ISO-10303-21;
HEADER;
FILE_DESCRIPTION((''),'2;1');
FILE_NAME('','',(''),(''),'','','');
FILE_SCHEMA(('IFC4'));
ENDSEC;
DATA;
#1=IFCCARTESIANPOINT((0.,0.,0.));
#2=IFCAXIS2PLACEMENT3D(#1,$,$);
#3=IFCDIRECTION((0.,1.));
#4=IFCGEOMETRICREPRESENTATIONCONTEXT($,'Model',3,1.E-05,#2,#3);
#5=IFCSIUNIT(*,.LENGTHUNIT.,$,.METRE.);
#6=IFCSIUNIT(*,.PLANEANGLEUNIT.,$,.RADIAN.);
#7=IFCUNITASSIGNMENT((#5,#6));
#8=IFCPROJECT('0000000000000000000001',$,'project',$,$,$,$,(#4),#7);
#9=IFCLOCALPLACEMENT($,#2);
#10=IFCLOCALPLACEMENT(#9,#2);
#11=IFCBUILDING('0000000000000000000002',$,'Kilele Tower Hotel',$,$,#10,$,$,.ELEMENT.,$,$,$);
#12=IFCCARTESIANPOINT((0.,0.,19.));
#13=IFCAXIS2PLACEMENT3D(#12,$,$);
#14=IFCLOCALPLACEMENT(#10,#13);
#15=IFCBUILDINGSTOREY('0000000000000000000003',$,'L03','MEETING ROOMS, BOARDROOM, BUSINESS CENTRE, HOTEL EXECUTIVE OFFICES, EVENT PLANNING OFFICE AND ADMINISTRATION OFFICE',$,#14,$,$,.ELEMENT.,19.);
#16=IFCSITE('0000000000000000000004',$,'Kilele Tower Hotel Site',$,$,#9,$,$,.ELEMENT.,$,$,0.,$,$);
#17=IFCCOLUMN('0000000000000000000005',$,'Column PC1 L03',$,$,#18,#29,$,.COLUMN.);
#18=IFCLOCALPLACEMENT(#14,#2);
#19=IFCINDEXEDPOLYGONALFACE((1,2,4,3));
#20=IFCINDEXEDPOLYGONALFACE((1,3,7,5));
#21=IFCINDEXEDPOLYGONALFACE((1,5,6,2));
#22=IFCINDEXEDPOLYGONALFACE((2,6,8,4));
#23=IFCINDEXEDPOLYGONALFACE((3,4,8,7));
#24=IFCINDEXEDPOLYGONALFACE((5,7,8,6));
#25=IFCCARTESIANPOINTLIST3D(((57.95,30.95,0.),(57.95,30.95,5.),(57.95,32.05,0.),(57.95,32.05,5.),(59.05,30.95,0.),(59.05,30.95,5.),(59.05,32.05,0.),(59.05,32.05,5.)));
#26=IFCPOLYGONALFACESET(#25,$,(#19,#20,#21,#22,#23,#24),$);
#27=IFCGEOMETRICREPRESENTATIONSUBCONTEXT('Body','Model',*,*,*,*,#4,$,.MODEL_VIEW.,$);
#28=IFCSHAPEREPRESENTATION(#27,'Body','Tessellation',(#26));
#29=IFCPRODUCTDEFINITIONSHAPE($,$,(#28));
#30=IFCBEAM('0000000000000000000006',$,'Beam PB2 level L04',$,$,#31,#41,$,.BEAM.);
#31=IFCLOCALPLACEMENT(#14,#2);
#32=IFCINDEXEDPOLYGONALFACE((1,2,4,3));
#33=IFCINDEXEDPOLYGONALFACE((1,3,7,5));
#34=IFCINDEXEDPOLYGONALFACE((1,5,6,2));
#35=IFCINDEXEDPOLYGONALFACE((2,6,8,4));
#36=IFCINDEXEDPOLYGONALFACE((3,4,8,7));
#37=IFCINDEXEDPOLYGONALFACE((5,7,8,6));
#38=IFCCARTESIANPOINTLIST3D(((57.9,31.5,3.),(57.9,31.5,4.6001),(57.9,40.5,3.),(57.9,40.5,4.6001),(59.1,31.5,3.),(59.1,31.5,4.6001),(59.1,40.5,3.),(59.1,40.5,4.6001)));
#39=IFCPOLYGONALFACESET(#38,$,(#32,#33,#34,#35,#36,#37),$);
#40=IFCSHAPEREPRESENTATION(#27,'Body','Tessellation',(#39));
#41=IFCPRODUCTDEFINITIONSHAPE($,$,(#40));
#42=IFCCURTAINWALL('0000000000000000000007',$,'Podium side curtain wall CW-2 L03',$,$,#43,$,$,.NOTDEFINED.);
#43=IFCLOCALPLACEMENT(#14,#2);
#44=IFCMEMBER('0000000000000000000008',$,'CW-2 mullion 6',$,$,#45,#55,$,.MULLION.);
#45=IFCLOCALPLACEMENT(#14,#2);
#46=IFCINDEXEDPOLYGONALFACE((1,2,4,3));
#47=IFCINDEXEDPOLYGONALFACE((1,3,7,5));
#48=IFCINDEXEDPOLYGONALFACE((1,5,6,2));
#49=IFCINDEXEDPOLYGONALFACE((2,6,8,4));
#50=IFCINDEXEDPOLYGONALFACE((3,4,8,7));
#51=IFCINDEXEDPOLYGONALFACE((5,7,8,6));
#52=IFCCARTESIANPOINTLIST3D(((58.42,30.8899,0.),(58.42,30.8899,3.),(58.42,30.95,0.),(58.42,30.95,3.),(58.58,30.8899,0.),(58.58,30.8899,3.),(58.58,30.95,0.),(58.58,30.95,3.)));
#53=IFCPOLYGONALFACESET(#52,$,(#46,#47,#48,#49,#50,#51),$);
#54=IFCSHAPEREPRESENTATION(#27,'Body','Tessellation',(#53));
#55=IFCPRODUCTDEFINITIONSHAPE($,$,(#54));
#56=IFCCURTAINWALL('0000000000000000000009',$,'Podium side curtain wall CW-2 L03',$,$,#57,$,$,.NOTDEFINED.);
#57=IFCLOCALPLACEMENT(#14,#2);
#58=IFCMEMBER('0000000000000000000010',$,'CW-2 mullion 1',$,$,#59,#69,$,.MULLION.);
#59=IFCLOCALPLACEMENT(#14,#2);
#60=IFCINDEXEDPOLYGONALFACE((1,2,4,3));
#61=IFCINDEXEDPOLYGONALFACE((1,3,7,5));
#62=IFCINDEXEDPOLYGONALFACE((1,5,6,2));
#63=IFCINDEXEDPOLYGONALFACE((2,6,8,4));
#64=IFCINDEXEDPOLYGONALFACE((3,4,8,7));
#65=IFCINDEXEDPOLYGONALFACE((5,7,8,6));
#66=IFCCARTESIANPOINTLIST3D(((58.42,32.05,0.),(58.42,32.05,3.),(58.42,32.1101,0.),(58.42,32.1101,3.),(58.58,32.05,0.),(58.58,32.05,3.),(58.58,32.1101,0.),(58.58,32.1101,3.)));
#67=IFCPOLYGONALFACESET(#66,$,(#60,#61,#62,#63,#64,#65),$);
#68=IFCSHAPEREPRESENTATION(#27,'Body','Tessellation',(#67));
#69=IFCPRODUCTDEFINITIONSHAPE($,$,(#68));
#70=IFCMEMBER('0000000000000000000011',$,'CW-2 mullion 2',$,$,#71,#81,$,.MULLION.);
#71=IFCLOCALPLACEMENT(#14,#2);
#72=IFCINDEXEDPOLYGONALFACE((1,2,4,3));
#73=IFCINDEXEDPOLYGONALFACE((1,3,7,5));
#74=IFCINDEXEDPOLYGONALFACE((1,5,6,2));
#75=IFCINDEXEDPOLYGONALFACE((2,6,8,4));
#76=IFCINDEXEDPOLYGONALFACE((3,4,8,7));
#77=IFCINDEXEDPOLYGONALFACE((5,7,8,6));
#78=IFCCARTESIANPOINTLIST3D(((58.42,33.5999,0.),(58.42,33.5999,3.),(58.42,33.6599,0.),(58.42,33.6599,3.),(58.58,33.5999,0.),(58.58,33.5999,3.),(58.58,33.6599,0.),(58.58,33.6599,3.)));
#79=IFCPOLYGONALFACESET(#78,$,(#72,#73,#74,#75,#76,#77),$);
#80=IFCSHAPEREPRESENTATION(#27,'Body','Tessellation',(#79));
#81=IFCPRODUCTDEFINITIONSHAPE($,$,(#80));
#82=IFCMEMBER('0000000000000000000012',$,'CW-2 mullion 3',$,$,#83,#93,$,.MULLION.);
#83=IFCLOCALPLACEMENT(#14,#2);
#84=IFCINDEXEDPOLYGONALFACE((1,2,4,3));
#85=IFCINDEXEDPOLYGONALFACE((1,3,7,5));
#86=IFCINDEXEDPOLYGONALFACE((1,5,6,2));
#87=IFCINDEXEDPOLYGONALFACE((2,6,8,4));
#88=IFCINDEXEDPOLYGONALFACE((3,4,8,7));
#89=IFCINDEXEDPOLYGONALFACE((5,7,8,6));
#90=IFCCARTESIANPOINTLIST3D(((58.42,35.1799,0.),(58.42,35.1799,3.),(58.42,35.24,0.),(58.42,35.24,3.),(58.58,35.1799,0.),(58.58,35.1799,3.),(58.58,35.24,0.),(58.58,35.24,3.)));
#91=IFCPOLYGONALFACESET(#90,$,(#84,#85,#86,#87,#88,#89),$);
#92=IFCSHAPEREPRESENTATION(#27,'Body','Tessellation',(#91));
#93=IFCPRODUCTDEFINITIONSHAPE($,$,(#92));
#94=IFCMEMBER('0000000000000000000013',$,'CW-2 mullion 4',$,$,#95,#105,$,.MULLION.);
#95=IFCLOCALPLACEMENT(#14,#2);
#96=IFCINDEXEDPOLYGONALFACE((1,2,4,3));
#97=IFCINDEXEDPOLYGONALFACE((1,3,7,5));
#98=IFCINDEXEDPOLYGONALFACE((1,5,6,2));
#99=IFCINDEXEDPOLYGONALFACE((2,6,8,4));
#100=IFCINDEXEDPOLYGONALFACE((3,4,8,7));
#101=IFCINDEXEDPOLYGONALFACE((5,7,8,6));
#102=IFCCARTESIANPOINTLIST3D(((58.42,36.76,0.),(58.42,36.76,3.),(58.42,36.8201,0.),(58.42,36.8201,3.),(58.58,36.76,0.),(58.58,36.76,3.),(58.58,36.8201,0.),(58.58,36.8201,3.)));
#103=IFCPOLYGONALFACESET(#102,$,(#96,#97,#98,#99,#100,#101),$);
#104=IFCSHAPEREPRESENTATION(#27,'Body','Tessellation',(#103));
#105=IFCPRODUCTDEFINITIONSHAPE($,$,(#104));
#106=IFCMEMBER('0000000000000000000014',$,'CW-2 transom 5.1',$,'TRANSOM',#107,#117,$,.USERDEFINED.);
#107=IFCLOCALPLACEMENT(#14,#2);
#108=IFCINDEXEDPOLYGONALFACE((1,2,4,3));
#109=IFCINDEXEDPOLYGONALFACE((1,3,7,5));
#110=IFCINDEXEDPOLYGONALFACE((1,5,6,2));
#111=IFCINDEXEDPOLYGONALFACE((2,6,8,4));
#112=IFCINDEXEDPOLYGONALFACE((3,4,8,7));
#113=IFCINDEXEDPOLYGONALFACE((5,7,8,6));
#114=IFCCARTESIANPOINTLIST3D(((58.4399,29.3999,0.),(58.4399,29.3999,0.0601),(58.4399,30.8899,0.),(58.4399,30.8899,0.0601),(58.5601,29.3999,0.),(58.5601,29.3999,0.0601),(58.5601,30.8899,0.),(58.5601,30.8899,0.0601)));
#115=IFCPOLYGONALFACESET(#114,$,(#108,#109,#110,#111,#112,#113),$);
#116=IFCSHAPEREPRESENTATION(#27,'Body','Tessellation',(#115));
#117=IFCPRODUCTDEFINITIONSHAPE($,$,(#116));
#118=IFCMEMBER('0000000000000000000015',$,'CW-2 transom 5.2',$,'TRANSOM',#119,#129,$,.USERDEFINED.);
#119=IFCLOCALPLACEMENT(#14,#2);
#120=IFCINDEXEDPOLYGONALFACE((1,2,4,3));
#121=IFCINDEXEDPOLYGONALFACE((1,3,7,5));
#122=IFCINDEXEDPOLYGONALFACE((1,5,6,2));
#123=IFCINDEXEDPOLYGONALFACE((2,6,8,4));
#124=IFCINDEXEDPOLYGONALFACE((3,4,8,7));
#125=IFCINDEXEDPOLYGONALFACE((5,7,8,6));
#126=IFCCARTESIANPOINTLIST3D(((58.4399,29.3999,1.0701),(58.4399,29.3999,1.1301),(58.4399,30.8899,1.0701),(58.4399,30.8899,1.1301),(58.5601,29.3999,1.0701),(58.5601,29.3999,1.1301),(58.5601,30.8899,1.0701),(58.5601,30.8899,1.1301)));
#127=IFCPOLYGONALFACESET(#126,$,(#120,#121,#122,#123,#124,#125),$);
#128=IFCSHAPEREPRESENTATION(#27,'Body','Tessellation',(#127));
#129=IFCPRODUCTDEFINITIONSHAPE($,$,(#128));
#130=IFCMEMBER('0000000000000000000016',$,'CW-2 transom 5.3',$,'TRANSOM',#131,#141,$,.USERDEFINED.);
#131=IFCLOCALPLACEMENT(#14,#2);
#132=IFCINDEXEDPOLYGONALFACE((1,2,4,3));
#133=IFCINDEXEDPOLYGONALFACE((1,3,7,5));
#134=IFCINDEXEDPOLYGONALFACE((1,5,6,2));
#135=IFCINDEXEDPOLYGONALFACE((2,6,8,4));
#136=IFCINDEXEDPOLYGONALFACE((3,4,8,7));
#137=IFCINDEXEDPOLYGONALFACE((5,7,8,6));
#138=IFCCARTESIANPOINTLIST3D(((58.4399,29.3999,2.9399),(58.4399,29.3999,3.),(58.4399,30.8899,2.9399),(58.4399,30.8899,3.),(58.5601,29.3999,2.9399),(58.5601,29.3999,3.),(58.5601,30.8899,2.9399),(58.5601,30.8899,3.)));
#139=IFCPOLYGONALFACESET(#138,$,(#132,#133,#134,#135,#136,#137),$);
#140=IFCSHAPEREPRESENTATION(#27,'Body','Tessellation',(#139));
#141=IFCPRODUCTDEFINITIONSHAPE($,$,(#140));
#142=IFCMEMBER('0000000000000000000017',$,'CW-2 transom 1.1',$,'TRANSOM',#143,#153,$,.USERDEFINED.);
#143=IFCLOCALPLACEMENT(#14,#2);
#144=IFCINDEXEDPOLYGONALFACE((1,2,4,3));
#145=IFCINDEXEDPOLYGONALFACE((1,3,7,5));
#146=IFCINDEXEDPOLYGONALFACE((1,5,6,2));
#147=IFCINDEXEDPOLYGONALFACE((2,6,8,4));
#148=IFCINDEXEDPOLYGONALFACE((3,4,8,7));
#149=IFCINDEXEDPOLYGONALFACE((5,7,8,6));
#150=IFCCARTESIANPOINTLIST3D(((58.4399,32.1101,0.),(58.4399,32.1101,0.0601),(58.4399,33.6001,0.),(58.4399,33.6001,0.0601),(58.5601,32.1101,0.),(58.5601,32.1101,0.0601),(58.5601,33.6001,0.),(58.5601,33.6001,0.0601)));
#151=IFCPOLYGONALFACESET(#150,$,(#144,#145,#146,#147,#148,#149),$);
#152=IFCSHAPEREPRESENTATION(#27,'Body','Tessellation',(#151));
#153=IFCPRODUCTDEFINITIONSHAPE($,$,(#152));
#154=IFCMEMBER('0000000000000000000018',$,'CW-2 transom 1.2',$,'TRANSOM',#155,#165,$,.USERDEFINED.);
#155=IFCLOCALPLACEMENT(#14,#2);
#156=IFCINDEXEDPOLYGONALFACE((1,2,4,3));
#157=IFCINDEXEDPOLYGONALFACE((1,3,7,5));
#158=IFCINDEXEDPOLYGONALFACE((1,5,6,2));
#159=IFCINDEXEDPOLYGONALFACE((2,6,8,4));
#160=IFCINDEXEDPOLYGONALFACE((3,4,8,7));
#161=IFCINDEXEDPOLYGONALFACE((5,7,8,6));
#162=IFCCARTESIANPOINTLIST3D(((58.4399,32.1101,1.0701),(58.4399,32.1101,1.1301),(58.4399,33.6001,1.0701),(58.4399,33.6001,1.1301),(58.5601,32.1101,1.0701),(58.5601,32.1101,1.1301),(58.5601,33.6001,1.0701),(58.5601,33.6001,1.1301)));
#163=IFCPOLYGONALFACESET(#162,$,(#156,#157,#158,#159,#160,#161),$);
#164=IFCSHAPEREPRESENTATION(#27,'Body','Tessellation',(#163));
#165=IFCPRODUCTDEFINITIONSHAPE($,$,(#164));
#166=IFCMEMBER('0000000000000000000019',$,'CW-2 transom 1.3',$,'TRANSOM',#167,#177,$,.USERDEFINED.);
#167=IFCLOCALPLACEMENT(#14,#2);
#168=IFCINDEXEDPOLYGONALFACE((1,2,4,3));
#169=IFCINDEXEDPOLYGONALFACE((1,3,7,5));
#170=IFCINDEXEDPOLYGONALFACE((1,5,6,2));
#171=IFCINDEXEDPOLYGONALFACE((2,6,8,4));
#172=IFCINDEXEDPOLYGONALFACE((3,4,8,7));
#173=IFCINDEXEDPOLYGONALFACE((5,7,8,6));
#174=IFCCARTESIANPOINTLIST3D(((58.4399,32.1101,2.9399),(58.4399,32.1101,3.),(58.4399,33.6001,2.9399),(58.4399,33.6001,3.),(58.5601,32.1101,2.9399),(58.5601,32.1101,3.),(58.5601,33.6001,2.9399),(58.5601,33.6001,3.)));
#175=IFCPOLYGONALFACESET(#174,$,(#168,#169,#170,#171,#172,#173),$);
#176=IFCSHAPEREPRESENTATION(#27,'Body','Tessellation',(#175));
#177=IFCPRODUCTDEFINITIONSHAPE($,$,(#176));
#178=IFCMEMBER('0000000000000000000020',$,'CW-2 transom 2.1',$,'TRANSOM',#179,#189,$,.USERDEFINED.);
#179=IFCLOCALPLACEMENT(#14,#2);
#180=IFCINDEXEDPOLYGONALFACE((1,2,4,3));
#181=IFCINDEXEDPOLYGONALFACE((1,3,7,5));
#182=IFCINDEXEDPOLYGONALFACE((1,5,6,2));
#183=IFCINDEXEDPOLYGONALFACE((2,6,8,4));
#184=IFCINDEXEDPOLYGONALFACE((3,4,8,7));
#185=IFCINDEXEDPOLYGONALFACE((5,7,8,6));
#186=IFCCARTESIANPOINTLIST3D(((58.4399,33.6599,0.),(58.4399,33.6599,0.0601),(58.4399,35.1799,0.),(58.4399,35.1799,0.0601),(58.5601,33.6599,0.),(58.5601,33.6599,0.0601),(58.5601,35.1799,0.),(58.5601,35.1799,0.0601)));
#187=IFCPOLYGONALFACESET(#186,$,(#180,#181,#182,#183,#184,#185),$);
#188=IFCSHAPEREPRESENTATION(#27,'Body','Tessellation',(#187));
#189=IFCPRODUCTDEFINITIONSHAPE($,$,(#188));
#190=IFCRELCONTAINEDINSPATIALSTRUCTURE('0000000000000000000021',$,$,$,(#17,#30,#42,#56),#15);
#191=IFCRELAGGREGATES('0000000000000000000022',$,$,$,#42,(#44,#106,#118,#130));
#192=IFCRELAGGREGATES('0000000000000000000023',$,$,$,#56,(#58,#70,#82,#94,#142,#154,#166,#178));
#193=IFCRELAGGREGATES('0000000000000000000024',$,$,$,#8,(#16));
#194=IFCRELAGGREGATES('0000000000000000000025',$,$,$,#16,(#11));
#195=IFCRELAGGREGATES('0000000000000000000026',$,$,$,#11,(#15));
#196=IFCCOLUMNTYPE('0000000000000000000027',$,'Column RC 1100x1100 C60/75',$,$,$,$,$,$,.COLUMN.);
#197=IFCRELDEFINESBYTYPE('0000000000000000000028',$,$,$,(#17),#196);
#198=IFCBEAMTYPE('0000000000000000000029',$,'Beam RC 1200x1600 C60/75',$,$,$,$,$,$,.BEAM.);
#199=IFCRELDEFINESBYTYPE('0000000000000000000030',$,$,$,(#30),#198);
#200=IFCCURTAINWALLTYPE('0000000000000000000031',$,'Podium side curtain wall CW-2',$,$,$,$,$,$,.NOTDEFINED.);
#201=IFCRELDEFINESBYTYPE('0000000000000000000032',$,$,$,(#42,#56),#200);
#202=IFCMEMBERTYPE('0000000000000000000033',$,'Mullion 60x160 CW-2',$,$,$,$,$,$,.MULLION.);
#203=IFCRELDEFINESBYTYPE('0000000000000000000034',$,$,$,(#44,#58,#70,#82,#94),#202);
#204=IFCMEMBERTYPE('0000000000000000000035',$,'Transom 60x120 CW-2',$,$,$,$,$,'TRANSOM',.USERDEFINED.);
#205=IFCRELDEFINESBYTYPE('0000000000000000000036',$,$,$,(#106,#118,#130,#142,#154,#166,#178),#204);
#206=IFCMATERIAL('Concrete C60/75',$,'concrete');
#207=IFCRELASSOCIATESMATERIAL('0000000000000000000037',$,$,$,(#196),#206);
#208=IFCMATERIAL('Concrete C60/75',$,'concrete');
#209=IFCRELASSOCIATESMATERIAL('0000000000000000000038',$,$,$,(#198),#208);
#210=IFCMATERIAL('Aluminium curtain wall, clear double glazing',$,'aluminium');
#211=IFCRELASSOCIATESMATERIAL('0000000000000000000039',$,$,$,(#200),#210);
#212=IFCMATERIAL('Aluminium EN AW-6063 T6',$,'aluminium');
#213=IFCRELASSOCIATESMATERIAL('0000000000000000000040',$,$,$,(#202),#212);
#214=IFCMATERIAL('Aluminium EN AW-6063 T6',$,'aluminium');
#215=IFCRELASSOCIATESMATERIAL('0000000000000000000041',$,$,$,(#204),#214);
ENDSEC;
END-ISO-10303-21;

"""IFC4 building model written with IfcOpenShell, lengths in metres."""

from ifc_helpers import new_model, si_unit, direction, frame, origin, origin_2d, place, context, subcontext, project, spatial, rectangle, extrude, material, material_profile, profile_set, type_object, element, aggregate, save


model = new_model("IFC4")

# Units and contexts
model_context = context("Model", 3, precision=1e-05, world=origin(), true_north=direction((0.0, 1.0)))
body_context = subcontext(model_context, "Body", "Model", "MODEL_VIEW")
ifc_project = project(units=[si_unit("LENGTHUNIT", "METRE"), si_unit("PLANEANGLEUNIT", "RADIAN")], contexts=[model_context])

# Site, building, storey
site_placement = place(None, origin())
site = spatial("IfcSite", under=ifc_project, at=site_placement, Name="Kilele Tower Hotel Site", CompositionType="ELEMENT", RefElevation=0.0)
building_placement = place(site_placement, origin())
building = spatial("IfcBuilding", under=site, at=building_placement, Name="Kilele Tower Hotel", CompositionType="ELEMENT")
storey_placement = place(building_placement, frame((0.0, 0.0, 19.0)))
storey = spatial("IfcBuildingStorey", under=building, at=storey_placement, Name="L03", Description="MEETING ROOMS, BOARDROOM, BUSINESS CENTRE, HOTEL EXECUTIVE OFFICES, EVENT PLANNING OFFICE AND ADMINISTRATION OFFICE", CompositionType="ELEMENT", Elevation=19.0)

# Column
ifc_material_1 = material(Name="Concrete C60/75", Category="concrete")
ifc_material_profile_1 = material_profile(ifc_material_1, rectangle(XDim=1.1001, YDim=1.1001, at=origin_2d()))
ifc_profile_set_1 = profile_set([ifc_material_profile_1], Name="Concrete C60/75")
column_type = type_object("IfcColumnType", Name="Column RC 1100x1100 C60/75", PredefinedType="COLUMN", material=ifc_profile_set_1)
column_placement = place(storey_placement, frame((58.5, 31.5, 0.0), z_axis=(0.0, 0.0, 1.0), x_axis=(1.0, 0.0, 0.0)))
element("IfcColumn", 1, at=column_placement, inside=storey, type_object=column_type, Name="Column PC1 L03", PredefinedType="COLUMN", context=body_context, shape_type="SweptSolid", body=[
    extrude(rectangle(XDim=1.1001, YDim=1.1001, at=origin_2d()), origin(), (0.0, 0.0, 1.0), 5.0),
])

# Beam
ifc_material_2 = material(Name="Concrete C60/75", Category="concrete")
ifc_material_profile_2 = material_profile(ifc_material_2, rectangle(XDim=1.2, YDim=1.6001, at=origin_2d()))
ifc_profile_set_2 = profile_set([ifc_material_profile_2], Name="Concrete C60/75")
beam_type = type_object("IfcBeamType", Name="Beam RC 1200x1600 C60/75", PredefinedType="BEAM", material=ifc_profile_set_2)
beam_placement = place(storey_placement, frame((58.5, 31.5, 3.8), z_axis=(0.0, 1.0, 0.0), x_axis=(-1.0, 0.0, 0.0)))
element("IfcBeam", 2, at=beam_placement, inside=storey, type_object=beam_type, Name="Beam PB2 level L04", PredefinedType="BEAM", context=body_context, shape_type="SweptSolid", body=[
    extrude(rectangle(XDim=1.2, YDim=1.6001, at=origin_2d()), origin(), (0.0, 0.0, 1.0), 9.0),
])

# Curtain wall, member
ifc_material_3 = material(Name="Aluminium curtain wall, clear double glazing", Category="aluminium")
curtain_wall_type = type_object("IfcCurtainWallType", Name="Podium side curtain wall CW-2", PredefinedType="NOTDEFINED", material=ifc_material_3)
curtain_wall_1_placement = place(storey_placement, origin())
curtain_wall_1 = element("IfcCurtainWall", 3, at=curtain_wall_1_placement, inside=storey, type_object=curtain_wall_type, Name="Podium side curtain wall CW-2 L03", PredefinedType="NOTDEFINED")
ifc_material_4 = material(Name="Aluminium EN AW-6063 T6", Category="aluminium")
ifc_material_profile_3 = material_profile(ifc_material_4, rectangle(XDim=0.1599, YDim=0.0601, at=origin_2d()))
ifc_profile_set_3 = profile_set([ifc_material_profile_3], Name="Aluminium EN AW-6063 T6")
member_type_1 = type_object("IfcMemberType", Name="Mullion 60x160 CW-2", PredefinedType="MULLION", material=ifc_profile_set_3)
member_1_placement = place(storey_placement, frame((58.5, 30.9199, 0.0), z_axis=(0.0, 0.0, 1.0), x_axis=(-1.0, 0.0, 0.0)))
member_1 = element("IfcMember", 4, at=member_1_placement, type_object=member_type_1, Name="CW-2 mullion 6", PredefinedType="MULLION", context=body_context, shape_type="SweptSolid", body=[
    extrude(rectangle(XDim=0.1599, YDim=0.0601, at=origin_2d()), origin(), (0.0, 0.0, 1.0), 3.0),
])

# Curtain wall, members
curtain_wall_2_placement = place(storey_placement, origin())
curtain_wall_2 = element("IfcCurtainWall", 5, at=curtain_wall_2_placement, inside=storey, type_object=curtain_wall_type, Name="Podium side curtain wall CW-2 L03", PredefinedType="NOTDEFINED")
member_2_placement = place(storey_placement, frame((58.5, 32.0801, 0.0), z_axis=(0.0, 0.0, 1.0), x_axis=(-1.0, 0.0, 0.0)))
member_2 = element("IfcMember", 6, at=member_2_placement, type_object=member_type_1, Name="CW-2 mullion 1", PredefinedType="MULLION", context=body_context, shape_type="SweptSolid", body=[
    extrude(rectangle(XDim=0.1599, YDim=0.0601, at=origin_2d()), origin(), (0.0, 0.0, 1.0), 3.0),
])
member_3_placement = place(storey_placement, frame((58.5, 33.6299, 0.0), z_axis=(0.0, 0.0, 1.0), x_axis=(-1.0, 0.0, 0.0)))
member_3 = element("IfcMember", 7, at=member_3_placement, type_object=member_type_1, Name="CW-2 mullion 2", PredefinedType="MULLION", context=body_context, shape_type="SweptSolid", body=[
    extrude(rectangle(XDim=0.1599, YDim=0.0601, at=origin_2d()), origin(), (0.0, 0.0, 1.0), 3.0),
])
member_4_placement = place(storey_placement, frame((58.5, 35.21, 0.0), z_axis=(0.0, 0.0, 1.0), x_axis=(-1.0, 0.0, 0.0)))
member_4 = element("IfcMember", 8, at=member_4_placement, type_object=member_type_1, Name="CW-2 mullion 3", PredefinedType="MULLION", context=body_context, shape_type="SweptSolid", body=[
    extrude(rectangle(XDim=0.1599, YDim=0.0601, at=origin_2d()), origin(), (0.0, 0.0, 1.0), 3.0),
])
member_5_placement = place(storey_placement, frame((58.5, 36.79, 0.0), z_axis=(0.0, 0.0, 1.0), x_axis=(-1.0, 0.0, 0.0)))
member_5 = element("IfcMember", 9, at=member_5_placement, type_object=member_type_1, Name="CW-2 mullion 4", PredefinedType="MULLION", context=body_context, shape_type="SweptSolid", body=[
    extrude(rectangle(XDim=0.1599, YDim=0.0601, at=origin_2d()), origin(), (0.0, 0.0, 1.0), 3.0),
])

# Members
ifc_material_5 = material(Name="Aluminium EN AW-6063 T6", Category="aluminium")
ifc_material_profile_4 = material_profile(ifc_material_5, rectangle(XDim=0.1201, YDim=0.0601, at=origin_2d()))
ifc_profile_set_4 = profile_set([ifc_material_profile_4], Name="Aluminium EN AW-6063 T6")
member_type_2 = type_object("IfcMemberType", Name="Transom 60x120 CW-2", ElementType="TRANSOM", PredefinedType="USERDEFINED", material=ifc_profile_set_4)
member_6_placement = place(storey_placement, frame((58.5, 29.3999, 0.03), z_axis=(0.0, 1.0, 0.0), x_axis=(-1.0, 0.0, 0.0)))
member_6 = element("IfcMember", 10, at=member_6_placement, type_object=member_type_2, Name="CW-2 transom 5.1", ObjectType="TRANSOM", PredefinedType="USERDEFINED", context=body_context, shape_type="SweptSolid", body=[
    extrude(rectangle(XDim=0.1201, YDim=0.0601, at=origin_2d()), origin(), (0.0, 0.0, 1.0), 1.49),
])
member_7_placement = place(storey_placement, frame((58.5, 29.3999, 1.1001), z_axis=(0.0, 1.0, 0.0), x_axis=(-1.0, 0.0, 0.0)))
member_7 = element("IfcMember", 11, at=member_7_placement, type_object=member_type_2, Name="CW-2 transom 5.2", ObjectType="TRANSOM", PredefinedType="USERDEFINED", context=body_context, shape_type="SweptSolid", body=[
    extrude(rectangle(XDim=0.1201, YDim=0.0601, at=origin_2d()), origin(), (0.0, 0.0, 1.0), 1.49),
])
member_8_placement = place(storey_placement, frame((58.5, 29.3999, 2.97), z_axis=(0.0, 1.0, 0.0), x_axis=(-1.0, 0.0, 0.0)))
member_8 = element("IfcMember", 12, at=member_8_placement, type_object=member_type_2, Name="CW-2 transom 5.3", ObjectType="TRANSOM", PredefinedType="USERDEFINED", context=body_context, shape_type="SweptSolid", body=[
    extrude(rectangle(XDim=0.1201, YDim=0.0601, at=origin_2d()), origin(), (0.0, 0.0, 1.0), 1.49),
])
member_9_placement = place(storey_placement, frame((58.5, 32.1101, 0.03), z_axis=(0.0, 1.0, 0.0), x_axis=(-1.0, 0.0, 0.0)))
member_9 = element("IfcMember", 13, at=member_9_placement, type_object=member_type_2, Name="CW-2 transom 1.1", ObjectType="TRANSOM", PredefinedType="USERDEFINED", context=body_context, shape_type="SweptSolid", body=[
    extrude(rectangle(XDim=0.1201, YDim=0.0601, at=origin_2d()), origin(), (0.0, 0.0, 1.0), 1.49),
])
member_10_placement = place(storey_placement, frame((58.5, 32.1101, 1.1001), z_axis=(0.0, 1.0, 0.0), x_axis=(-1.0, 0.0, 0.0)))
member_10 = element("IfcMember", 14, at=member_10_placement, type_object=member_type_2, Name="CW-2 transom 1.2", ObjectType="TRANSOM", PredefinedType="USERDEFINED", context=body_context, shape_type="SweptSolid", body=[
    extrude(rectangle(XDim=0.1201, YDim=0.0601, at=origin_2d()), origin(), (0.0, 0.0, 1.0), 1.49),
])
member_11_placement = place(storey_placement, frame((58.5, 32.1101, 2.97), z_axis=(0.0, 1.0, 0.0), x_axis=(-1.0, 0.0, 0.0)))
member_11 = element("IfcMember", 15, at=member_11_placement, type_object=member_type_2, Name="CW-2 transom 1.3", ObjectType="TRANSOM", PredefinedType="USERDEFINED", context=body_context, shape_type="SweptSolid", body=[
    extrude(rectangle(XDim=0.1201, YDim=0.0601, at=origin_2d()), origin(), (0.0, 0.0, 1.0), 1.49),
])
member_12_placement = place(storey_placement, frame((58.5, 33.6599, 0.03), z_axis=(0.0, 1.0, 0.0), x_axis=(-1.0, 0.0, 0.0)))
member_12 = element("IfcMember", 16, at=member_12_placement, type_object=member_type_2, Name="CW-2 transom 2.1", ObjectType="TRANSOM", PredefinedType="USERDEFINED", context=body_context, shape_type="SweptSolid", body=[
    extrude(rectangle(XDim=0.1201, YDim=0.0601, at=origin_2d()), origin(), (0.0, 0.0, 1.0), 1.52),
])

aggregate(curtain_wall_1, [member_1, member_6, member_7, member_8])
aggregate(curtain_wall_2, [member_2, member_3, member_4, member_5, member_9, member_10, member_11, member_12])

save(model, "model.ifc")
